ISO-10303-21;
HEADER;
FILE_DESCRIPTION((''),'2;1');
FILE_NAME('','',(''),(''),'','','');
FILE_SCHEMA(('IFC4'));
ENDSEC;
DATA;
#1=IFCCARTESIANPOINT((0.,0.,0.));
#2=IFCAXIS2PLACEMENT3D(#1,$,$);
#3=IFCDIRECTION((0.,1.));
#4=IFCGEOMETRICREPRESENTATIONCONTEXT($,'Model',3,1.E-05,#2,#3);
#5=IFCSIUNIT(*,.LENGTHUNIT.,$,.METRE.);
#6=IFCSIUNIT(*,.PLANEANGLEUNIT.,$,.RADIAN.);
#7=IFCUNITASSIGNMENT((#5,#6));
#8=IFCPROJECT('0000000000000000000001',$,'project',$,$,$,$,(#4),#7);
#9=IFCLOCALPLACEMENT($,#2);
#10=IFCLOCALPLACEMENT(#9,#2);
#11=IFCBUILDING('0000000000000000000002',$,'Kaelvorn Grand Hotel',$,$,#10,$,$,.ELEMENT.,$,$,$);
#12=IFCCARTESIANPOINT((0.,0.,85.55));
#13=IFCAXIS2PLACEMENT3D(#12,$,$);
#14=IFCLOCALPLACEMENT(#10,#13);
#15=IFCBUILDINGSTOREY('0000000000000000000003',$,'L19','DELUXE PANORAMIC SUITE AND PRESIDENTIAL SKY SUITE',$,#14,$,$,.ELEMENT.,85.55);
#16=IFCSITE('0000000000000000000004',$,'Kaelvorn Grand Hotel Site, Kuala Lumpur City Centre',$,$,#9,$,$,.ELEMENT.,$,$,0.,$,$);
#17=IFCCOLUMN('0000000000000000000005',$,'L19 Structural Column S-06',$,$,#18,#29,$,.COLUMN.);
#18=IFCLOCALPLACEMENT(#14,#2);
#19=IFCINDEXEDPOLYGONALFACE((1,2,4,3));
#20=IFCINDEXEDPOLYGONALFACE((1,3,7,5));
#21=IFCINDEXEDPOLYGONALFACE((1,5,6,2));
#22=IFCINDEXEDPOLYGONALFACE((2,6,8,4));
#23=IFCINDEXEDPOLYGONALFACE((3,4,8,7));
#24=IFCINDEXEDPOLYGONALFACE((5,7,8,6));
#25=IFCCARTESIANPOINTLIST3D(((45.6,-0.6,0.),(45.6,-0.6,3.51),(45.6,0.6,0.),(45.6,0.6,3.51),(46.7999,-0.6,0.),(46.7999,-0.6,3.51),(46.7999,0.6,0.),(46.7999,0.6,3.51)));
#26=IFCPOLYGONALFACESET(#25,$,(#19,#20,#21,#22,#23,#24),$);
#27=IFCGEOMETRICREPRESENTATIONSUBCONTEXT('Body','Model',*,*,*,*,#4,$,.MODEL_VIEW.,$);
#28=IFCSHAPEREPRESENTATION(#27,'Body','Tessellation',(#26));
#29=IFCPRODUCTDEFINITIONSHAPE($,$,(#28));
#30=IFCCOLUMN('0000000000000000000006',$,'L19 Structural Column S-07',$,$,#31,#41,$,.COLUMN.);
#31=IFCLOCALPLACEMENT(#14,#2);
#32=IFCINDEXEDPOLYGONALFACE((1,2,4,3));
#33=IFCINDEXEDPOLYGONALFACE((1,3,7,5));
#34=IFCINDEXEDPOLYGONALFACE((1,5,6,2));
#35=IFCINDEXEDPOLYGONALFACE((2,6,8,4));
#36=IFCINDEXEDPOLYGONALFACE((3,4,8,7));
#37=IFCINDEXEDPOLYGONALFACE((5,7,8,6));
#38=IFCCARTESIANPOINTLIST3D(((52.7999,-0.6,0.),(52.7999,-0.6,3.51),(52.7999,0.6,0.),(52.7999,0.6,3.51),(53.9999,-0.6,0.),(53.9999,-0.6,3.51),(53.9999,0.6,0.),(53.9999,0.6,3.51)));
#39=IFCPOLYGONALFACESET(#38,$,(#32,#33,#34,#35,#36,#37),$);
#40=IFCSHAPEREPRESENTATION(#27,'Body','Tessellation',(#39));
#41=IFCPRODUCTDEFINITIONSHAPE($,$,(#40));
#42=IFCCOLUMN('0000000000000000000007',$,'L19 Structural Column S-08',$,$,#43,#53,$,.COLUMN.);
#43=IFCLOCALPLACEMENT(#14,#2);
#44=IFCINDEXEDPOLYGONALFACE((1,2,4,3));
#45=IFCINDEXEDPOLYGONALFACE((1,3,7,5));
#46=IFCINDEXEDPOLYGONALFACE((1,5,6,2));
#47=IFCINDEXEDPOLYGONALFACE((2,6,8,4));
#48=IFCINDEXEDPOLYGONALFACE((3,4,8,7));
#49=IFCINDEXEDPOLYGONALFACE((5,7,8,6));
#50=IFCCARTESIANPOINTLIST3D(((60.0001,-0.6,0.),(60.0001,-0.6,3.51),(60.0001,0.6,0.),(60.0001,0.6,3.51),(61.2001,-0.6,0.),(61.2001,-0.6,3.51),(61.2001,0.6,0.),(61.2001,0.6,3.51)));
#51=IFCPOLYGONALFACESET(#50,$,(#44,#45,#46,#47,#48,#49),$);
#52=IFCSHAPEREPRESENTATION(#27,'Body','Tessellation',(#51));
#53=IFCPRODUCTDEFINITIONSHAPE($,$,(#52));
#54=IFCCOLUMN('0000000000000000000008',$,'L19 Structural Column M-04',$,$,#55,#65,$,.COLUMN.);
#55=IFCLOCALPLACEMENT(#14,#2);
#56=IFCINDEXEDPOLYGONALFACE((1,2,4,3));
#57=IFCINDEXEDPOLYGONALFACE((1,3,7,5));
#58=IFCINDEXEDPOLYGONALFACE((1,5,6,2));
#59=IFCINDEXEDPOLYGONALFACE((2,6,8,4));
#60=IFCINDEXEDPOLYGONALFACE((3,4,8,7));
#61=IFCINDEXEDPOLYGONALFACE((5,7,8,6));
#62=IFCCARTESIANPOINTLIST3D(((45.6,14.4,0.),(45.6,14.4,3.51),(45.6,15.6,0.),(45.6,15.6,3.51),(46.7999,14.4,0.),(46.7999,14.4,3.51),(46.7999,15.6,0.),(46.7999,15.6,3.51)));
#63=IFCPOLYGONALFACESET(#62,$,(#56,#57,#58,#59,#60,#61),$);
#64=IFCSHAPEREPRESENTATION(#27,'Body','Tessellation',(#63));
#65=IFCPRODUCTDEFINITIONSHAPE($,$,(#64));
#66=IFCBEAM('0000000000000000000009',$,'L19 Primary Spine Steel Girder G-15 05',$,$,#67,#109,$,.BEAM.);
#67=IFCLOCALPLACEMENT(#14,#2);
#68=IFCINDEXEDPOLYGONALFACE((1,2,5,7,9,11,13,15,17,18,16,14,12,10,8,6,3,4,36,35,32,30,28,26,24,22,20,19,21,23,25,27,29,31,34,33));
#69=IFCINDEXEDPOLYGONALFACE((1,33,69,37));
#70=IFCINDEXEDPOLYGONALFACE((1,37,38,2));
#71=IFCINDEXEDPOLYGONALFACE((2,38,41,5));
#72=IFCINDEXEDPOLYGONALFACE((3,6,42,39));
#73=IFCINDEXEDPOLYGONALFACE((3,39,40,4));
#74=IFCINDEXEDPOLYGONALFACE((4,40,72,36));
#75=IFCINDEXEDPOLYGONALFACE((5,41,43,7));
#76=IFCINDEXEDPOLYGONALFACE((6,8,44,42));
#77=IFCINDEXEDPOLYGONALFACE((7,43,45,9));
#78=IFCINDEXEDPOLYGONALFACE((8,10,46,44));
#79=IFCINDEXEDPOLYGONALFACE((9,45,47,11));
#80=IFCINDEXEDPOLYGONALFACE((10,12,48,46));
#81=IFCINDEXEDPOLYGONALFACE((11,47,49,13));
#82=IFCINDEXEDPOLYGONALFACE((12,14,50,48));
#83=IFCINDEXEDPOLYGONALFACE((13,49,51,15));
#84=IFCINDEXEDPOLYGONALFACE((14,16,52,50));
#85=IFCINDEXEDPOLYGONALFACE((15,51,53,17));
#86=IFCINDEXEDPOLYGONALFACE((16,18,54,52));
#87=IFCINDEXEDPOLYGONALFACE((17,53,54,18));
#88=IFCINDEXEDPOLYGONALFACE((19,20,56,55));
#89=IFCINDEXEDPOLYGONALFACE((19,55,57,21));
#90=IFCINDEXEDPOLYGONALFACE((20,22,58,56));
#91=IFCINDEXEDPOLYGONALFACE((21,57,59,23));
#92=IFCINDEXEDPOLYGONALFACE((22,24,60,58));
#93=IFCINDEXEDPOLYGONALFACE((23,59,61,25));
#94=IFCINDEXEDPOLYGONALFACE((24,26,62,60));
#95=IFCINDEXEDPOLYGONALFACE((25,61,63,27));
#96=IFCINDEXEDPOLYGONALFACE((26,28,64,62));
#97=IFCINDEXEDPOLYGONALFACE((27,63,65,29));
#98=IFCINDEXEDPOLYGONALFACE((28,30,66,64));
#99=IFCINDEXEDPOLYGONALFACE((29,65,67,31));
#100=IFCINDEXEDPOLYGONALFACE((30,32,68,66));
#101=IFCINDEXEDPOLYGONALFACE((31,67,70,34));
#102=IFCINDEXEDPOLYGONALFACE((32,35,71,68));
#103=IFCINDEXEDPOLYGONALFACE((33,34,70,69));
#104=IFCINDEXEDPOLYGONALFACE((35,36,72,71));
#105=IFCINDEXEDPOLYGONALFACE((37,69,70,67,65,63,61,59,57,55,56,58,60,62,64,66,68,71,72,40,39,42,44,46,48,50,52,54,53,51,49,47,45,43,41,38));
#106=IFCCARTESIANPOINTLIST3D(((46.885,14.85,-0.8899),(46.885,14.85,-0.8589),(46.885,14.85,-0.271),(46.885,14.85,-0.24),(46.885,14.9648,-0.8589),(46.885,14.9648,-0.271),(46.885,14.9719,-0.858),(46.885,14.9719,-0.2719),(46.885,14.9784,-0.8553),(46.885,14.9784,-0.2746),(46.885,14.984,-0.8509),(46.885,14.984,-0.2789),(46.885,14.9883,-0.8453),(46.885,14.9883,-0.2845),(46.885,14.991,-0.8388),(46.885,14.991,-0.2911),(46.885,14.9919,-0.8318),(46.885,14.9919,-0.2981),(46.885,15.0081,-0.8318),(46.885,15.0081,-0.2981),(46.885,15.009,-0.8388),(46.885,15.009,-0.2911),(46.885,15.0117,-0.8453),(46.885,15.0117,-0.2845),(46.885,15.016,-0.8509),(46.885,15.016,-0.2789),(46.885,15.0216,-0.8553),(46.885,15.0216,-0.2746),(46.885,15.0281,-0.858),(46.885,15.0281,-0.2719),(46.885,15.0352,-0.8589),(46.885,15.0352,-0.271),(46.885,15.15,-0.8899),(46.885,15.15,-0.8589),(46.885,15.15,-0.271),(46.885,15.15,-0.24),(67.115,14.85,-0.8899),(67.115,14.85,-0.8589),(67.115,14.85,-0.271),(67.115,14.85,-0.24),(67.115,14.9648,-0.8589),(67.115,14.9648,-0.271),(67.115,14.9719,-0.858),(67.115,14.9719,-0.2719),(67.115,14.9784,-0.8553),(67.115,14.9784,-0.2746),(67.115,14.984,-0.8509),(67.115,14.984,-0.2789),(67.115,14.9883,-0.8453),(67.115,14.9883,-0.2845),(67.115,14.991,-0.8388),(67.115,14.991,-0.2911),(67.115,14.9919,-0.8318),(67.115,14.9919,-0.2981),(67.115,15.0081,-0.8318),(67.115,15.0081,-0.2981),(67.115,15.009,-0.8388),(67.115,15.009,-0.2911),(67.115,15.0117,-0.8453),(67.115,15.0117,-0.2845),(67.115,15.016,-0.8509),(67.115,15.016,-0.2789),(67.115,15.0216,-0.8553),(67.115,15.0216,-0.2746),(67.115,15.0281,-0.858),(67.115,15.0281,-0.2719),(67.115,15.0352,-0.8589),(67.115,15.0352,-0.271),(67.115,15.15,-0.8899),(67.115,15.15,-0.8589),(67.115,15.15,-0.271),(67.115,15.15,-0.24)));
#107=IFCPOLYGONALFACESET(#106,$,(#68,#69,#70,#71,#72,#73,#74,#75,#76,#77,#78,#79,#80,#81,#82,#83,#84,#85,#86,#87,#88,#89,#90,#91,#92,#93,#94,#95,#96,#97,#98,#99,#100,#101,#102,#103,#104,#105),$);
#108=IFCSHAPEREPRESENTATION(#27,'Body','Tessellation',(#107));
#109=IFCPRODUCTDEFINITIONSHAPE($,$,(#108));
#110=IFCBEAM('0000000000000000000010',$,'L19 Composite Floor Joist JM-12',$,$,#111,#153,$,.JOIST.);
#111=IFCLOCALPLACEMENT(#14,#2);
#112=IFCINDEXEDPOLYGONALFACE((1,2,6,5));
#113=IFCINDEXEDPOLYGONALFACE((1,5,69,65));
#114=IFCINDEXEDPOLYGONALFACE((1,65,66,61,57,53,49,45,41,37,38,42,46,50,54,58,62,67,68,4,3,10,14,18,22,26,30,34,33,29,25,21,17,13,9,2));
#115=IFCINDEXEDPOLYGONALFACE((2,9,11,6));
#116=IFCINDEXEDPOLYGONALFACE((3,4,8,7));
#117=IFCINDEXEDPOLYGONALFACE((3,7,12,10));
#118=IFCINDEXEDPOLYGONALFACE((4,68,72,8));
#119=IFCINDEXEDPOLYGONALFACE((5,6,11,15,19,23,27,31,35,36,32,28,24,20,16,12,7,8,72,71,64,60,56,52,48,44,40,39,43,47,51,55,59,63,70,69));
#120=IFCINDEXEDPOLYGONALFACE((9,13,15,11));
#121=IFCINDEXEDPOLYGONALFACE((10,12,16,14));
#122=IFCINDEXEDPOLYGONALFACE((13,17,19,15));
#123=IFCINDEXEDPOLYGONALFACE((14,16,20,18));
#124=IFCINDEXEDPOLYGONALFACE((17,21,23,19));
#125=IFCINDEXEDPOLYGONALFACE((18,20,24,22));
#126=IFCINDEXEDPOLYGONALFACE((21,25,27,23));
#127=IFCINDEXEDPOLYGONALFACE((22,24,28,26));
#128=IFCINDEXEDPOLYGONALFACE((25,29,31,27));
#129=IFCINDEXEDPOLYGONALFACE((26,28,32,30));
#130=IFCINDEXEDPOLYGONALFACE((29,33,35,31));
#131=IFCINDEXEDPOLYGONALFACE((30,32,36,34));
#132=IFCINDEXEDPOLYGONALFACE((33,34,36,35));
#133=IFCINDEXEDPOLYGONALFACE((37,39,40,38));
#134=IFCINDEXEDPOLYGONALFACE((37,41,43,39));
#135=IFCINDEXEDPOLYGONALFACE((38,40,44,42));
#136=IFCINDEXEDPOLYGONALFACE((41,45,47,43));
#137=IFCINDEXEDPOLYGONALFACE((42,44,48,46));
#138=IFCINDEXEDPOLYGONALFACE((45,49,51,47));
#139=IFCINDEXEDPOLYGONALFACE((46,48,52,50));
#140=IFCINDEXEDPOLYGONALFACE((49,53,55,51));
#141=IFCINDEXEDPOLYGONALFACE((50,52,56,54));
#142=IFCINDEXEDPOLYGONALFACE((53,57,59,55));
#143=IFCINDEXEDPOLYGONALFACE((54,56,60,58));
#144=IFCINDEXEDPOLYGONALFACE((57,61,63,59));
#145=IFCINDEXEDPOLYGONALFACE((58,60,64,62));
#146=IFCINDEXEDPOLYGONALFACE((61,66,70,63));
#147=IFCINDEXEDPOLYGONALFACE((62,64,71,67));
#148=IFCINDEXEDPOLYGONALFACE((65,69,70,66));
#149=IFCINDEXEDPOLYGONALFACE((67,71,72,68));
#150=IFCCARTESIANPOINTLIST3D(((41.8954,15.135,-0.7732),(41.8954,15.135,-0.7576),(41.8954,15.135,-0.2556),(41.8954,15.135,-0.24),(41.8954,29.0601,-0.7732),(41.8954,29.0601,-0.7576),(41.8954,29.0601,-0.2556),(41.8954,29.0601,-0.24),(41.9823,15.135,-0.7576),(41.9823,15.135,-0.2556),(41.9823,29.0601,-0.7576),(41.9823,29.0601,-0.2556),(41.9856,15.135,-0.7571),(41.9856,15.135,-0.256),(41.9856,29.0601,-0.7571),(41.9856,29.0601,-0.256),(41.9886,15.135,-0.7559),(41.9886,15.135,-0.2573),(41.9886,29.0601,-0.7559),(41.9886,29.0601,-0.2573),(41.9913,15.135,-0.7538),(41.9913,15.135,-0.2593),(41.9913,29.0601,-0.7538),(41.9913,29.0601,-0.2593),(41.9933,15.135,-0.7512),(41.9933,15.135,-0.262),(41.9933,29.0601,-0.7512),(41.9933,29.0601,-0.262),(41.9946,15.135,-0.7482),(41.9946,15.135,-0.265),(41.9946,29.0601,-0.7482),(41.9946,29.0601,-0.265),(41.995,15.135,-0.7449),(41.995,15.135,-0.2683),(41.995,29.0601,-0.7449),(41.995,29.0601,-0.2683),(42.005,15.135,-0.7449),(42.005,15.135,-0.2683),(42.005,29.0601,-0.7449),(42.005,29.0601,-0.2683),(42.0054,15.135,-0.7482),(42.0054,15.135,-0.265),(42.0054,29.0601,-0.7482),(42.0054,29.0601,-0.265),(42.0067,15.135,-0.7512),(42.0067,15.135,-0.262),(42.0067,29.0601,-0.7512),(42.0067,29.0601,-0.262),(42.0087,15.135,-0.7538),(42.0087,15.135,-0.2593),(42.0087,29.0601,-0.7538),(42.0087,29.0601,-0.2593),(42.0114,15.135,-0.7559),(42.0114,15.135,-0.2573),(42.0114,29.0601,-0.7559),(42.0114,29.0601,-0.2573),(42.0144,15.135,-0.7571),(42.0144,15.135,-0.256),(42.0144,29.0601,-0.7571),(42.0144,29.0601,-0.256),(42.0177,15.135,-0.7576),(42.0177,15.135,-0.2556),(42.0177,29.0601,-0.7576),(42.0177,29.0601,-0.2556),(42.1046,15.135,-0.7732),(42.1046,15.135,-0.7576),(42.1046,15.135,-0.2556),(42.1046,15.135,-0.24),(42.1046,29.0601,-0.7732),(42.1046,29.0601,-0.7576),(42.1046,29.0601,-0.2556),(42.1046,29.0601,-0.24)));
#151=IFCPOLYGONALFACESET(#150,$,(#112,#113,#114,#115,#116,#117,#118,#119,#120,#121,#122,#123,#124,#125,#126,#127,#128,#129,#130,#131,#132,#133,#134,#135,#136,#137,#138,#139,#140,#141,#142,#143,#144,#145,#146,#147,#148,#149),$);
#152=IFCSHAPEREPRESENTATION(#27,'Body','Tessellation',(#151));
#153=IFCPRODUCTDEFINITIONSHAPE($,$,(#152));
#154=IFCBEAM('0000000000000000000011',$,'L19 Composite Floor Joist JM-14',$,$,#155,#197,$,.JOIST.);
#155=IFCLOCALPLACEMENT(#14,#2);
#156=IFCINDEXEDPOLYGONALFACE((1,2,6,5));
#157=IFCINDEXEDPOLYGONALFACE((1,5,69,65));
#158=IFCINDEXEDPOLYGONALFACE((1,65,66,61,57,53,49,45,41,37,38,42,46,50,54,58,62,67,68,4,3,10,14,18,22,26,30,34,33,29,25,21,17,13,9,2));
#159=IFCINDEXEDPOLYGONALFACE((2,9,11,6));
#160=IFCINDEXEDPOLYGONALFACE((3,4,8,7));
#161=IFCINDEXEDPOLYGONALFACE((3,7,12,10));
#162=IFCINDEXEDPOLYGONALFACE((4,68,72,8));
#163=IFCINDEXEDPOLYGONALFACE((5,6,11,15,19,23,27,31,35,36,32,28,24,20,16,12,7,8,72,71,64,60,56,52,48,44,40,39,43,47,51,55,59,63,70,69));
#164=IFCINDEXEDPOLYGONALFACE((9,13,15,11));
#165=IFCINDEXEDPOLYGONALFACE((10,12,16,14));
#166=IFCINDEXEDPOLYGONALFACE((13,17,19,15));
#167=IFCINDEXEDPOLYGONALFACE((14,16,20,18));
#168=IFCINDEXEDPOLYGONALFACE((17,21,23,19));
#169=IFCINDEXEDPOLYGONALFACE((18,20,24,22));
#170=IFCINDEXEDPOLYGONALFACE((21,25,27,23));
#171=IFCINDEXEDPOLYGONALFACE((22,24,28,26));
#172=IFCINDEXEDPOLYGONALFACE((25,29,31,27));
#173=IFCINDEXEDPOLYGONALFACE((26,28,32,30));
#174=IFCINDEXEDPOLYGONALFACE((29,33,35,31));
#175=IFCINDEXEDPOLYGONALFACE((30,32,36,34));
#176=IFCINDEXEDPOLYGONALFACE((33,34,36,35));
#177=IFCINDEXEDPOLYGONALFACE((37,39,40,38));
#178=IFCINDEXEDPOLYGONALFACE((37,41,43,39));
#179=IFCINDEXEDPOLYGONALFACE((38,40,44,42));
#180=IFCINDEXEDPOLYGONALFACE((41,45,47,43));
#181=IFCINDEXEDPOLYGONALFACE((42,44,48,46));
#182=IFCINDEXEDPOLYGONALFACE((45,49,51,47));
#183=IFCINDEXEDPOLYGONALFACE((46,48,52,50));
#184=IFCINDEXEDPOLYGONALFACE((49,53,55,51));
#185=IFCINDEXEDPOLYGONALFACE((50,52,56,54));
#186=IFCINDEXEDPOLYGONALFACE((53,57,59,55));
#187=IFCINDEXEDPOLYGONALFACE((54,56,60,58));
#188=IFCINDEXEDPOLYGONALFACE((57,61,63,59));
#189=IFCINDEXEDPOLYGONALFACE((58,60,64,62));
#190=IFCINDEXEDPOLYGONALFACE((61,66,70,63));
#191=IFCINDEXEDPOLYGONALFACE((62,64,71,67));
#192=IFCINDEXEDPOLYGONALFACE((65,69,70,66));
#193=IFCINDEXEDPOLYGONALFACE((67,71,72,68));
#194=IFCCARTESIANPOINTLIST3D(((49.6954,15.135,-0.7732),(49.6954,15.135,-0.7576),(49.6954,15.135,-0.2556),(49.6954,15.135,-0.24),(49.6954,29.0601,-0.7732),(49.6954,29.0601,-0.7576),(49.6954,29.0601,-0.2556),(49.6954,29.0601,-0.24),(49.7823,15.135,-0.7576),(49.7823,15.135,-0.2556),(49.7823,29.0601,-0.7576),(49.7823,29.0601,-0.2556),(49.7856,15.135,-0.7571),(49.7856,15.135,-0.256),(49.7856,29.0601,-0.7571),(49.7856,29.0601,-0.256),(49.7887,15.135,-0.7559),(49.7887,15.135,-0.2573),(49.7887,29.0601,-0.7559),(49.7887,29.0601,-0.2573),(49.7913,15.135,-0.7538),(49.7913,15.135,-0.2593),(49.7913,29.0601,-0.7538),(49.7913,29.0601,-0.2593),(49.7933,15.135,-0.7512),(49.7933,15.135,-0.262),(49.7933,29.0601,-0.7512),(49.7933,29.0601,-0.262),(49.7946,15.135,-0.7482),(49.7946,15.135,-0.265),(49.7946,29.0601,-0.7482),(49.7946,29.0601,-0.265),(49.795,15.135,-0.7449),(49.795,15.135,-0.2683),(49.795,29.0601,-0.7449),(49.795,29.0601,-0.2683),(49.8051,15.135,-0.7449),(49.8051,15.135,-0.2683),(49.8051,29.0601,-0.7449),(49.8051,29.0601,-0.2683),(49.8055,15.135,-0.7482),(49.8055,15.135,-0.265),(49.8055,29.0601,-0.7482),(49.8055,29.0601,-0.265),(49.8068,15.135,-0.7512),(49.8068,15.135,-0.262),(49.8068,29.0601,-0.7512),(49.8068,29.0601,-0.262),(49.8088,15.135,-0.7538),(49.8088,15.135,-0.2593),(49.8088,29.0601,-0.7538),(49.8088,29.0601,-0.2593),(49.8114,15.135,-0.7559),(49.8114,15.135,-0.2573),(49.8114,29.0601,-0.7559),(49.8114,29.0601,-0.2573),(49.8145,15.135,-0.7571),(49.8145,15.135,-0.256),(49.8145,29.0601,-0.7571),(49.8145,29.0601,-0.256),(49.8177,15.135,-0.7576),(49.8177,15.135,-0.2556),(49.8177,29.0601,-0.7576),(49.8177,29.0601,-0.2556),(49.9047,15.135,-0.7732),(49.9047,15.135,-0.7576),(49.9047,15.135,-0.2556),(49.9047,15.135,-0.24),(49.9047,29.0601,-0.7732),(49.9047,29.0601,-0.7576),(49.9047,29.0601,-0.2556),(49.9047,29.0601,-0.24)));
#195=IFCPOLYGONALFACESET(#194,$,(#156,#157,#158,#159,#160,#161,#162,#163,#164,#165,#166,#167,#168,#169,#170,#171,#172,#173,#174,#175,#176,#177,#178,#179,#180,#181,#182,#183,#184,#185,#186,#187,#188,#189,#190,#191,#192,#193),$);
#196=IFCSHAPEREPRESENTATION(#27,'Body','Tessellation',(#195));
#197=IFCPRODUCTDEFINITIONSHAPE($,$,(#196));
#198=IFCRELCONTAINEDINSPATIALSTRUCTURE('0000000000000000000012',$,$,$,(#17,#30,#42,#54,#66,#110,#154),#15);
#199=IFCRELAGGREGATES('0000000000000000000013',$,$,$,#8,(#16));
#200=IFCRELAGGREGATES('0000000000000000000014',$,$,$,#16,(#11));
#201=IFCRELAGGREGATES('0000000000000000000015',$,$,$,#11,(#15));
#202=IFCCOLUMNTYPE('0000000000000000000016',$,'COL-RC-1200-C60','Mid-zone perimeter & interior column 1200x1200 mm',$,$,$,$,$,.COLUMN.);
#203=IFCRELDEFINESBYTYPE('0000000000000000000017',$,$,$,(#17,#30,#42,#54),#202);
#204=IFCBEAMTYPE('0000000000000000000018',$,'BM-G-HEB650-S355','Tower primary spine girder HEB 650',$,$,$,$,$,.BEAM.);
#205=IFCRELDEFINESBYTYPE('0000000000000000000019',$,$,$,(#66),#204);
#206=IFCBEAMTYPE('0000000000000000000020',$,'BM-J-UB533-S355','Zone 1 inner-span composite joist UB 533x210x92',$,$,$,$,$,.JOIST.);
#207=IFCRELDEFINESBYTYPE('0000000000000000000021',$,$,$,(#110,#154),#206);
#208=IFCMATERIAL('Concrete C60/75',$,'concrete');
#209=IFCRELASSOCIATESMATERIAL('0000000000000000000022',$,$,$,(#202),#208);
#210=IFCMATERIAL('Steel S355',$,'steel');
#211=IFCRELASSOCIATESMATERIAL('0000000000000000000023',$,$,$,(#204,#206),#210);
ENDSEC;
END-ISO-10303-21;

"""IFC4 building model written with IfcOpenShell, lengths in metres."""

from ifc_helpers import new_model, si_unit, direction, frame, origin, origin_2d, place, context, subcontext, project, spatial, rectangle, i_section, extrude, material, material_profile, profile_set, type_object, element, save


model = new_model("IFC4")

# Units and contexts
model_context = context("Model", 3, precision=1e-05, world=origin(), true_north=direction((0.0, 1.0)))
body_context = subcontext(model_context, "Body", "Model", "MODEL_VIEW")
ifc_project = project(units=[si_unit("LENGTHUNIT", "METRE"), si_unit("PLANEANGLEUNIT", "RADIAN")], contexts=[model_context])

# Site, building, storey
site_placement = place(None, origin())
site = spatial("IfcSite", under=ifc_project, at=site_placement, Name="Kaelvorn Grand Hotel Site, Kuala Lumpur City Centre", CompositionType="ELEMENT", RefElevation=0.0)
building_placement = place(site_placement, origin())
building = spatial("IfcBuilding", under=site, at=building_placement, Name="Kaelvorn Grand Hotel", CompositionType="ELEMENT")
storey_placement = place(building_placement, frame((0.0, 0.0, 85.55)))
storey = spatial("IfcBuildingStorey", under=building, at=storey_placement, Name="L19", Description="DELUXE PANORAMIC SUITE AND PRESIDENTIAL SKY SUITE", CompositionType="ELEMENT", Elevation=85.55)

# Columns
ifc_material_1 = material(Name="Concrete C60/75", Category="concrete")
ifc_material_profile_1 = material_profile(ifc_material_1, rectangle(XDim=1.2, YDim=1.2, at=origin_2d()), Name="RC COL 1200x1200")
ifc_profile_set_1 = profile_set([ifc_material_profile_1], Name="Concrete C60/75")
column_type = type_object("IfcColumnType", Name="COL-RC-1200-C60", Description="Mid-zone perimeter & interior column 1200x1200 mm", PredefinedType="COLUMN", material=ifc_profile_set_1)
for number, where, z_axis, x_axis, name in (
    (1, (46.2, 0.0, 0.0), (0.0, 0.0, 1.0), (1.0, 0.0, 0.0), "L19 Structural Column S-06"),
    (2, (53.3999, 0.0, 0.0), (0.0, 0.0, 1.0), (1.0, 0.0, 0.0), "L19 Structural Column S-07"),
    (3, (60.6001, 0.0, 0.0), (0.0, 0.0, 1.0), (1.0, 0.0, 0.0), "L19 Structural Column S-08"),
    (4, (46.2, 15.0, 0.0), (0.0, 0.0, 1.0), (1.0, 0.0, 0.0), "L19 Structural Column M-04"),
):
    element("IfcColumn", number, at=place(storey_placement, frame(where, z_axis=z_axis, x_axis=x_axis)), inside=storey, type_object=column_type, Name=name, PredefinedType="COLUMN", context=body_context, shape_type="SweptSolid", body=[
        extrude(rectangle(XDim=1.2, YDim=1.2, at=origin_2d()), origin(), (0.0, 0.0, 1.0), 3.51),
    ])

# Beams
ifc_material_2 = material(Name="Steel S355", Category="steel")
ifc_material_profile_2 = material_profile(ifc_material_2, i_section(OverallWidth=0.3, OverallDepth=0.6499, WebThickness=0.0161, FlangeThickness=0.031, FilletRadius=0.0271, at=origin_2d()), Name="HEB 650")
ifc_profile_set_2 = profile_set([ifc_material_profile_2], Name="Steel S355")
beam_type_1 = type_object("IfcBeamType", Name="BM-G-HEB650-S355", Description="Tower primary spine girder HEB 650", PredefinedType="BEAM", material=ifc_profile_set_2)
beam_1_placement = place(storey_placement, frame((46.885, 15.0, -0.5649), z_axis=(1.0, 0.0, 0.0), x_axis=(0.0, 1.0, 0.0)))
element("IfcBeam", 5, at=beam_1_placement, inside=storey, type_object=beam_type_1, Name="L19 Primary Spine Steel Girder G-15 05", PredefinedType="BEAM", context=body_context, shape_type="SweptSolid", body=[
    extrude(i_section(OverallWidth=0.3, OverallDepth=0.6499, WebThickness=0.0161, FlangeThickness=0.031, FilletRadius=0.0271, at=origin_2d()), origin(), (0.0, 0.0, 1.0), 20.23),
])
ifc_material_profile_3 = material_profile(ifc_material_2, i_section(OverallWidth=0.2092, OverallDepth=0.5332, WebThickness=0.01, FlangeThickness=0.0156, FilletRadius=0.0127, at=origin_2d()), Name="UB 533x210x92")
ifc_profile_set_3 = profile_set([ifc_material_profile_3], Name="Steel S355")
beam_type_2 = type_object("IfcBeamType", Name="BM-J-UB533-S355", Description="Zone 1 inner-span composite joist UB 533x210x92", PredefinedType="JOIST", material=ifc_profile_set_3)
for number, where, z_axis, x_axis, name in (
    (6, (42.0, 15.135, -0.5066), (0.0, 1.0, 0.0), (-1.0, 0.0, 0.0), "L19 Composite Floor Joist JM-12"),
    (7, (49.8, 15.135, -0.5066), (0.0, 1.0, 0.0), (-1.0, 0.0, 0.0), "L19 Composite Floor Joist JM-14"),
):
    element("IfcBeam", number, at=place(storey_placement, frame(where, z_axis=z_axis, x_axis=x_axis)), inside=storey, type_object=beam_type_2, Name=name, PredefinedType="JOIST", context=body_context, shape_type="SweptSolid", body=[
        extrude(i_section(OverallWidth=0.2092, OverallDepth=0.5332, WebThickness=0.01, FlangeThickness=0.0156, FilletRadius=0.0127, at=origin_2d()), origin(), (0.0, 0.0, 1.0), 13.925),
    ])

save(model, "model.ifc")
